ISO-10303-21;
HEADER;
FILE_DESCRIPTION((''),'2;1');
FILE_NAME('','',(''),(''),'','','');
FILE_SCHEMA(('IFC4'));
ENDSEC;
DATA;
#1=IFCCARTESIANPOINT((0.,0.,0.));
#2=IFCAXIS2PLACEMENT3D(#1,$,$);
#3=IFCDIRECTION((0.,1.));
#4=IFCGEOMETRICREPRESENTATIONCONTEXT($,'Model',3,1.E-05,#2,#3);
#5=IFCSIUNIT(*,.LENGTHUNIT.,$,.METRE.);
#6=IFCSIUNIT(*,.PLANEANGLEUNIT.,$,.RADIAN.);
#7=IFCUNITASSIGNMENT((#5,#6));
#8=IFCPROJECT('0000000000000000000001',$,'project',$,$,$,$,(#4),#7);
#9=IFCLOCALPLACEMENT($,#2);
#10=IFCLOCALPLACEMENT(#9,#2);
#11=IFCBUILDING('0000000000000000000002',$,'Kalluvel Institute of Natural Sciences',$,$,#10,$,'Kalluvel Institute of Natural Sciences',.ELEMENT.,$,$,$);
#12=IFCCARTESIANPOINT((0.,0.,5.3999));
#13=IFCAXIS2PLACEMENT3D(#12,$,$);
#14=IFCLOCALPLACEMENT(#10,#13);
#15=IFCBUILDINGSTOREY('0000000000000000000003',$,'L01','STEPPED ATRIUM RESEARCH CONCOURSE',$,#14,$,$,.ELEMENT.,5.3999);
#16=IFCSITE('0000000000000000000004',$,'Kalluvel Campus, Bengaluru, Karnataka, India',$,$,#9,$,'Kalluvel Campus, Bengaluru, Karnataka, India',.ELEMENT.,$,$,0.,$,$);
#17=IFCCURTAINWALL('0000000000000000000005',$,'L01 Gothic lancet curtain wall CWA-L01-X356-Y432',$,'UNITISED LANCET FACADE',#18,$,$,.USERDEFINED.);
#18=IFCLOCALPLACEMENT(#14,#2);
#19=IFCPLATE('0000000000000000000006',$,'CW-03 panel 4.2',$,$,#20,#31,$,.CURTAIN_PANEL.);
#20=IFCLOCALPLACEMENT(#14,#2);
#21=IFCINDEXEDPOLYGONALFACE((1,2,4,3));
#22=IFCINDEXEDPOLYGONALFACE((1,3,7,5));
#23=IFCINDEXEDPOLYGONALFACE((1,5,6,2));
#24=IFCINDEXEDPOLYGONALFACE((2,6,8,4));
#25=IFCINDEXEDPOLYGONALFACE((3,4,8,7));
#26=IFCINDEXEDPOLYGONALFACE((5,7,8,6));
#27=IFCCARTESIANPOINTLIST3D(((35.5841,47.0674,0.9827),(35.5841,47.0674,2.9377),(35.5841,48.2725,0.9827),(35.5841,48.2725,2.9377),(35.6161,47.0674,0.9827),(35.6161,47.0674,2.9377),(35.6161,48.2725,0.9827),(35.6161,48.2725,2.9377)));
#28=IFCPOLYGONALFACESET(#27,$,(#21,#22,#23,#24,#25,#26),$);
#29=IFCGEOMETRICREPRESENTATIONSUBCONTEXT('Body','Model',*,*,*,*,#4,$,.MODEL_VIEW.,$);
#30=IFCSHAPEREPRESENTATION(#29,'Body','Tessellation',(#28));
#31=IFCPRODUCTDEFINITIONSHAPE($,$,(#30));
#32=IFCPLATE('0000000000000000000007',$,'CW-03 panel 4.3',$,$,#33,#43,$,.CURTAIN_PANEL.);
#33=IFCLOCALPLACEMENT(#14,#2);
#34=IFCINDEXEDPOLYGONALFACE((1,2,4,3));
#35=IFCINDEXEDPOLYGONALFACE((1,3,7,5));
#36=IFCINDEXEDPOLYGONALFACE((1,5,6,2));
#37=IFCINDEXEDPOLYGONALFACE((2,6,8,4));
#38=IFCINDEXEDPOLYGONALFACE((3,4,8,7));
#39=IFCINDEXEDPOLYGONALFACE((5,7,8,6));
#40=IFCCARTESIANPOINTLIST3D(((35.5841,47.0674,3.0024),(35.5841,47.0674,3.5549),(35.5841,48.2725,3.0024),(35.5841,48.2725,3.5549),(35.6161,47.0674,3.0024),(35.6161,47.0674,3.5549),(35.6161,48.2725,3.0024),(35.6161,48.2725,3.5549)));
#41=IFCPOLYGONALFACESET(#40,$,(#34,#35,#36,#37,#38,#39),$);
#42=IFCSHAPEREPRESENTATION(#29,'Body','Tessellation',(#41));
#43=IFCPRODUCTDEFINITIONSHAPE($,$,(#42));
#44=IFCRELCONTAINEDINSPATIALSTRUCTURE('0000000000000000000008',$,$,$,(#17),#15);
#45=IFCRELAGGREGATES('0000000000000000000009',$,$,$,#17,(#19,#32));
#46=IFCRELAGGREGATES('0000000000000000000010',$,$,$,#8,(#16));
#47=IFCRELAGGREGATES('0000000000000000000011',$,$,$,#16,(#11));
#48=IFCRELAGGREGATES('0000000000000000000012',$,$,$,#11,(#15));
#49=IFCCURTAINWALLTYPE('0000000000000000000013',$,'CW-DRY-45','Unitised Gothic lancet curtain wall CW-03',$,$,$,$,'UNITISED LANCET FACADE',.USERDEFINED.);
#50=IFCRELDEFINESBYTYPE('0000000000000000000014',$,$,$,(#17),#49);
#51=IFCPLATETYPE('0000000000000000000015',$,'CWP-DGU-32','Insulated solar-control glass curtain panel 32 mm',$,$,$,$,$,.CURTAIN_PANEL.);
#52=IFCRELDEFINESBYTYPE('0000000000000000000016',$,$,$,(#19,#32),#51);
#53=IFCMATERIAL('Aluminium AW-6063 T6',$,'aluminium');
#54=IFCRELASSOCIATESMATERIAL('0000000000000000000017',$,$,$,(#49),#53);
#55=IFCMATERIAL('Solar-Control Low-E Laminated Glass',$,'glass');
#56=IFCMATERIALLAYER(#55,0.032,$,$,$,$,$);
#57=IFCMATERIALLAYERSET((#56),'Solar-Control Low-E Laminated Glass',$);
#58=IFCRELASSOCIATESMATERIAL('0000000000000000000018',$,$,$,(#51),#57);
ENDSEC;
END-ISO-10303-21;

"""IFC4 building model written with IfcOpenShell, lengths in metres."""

from ifc_helpers import new_model, si_unit, direction, frame, origin, origin_2d, place, context, subcontext, project, spatial, rectangle, extrude, material, layer, layer_set, type_object, element, aggregate, save


model = new_model("IFC4")

# Units and contexts
model_context = context("Model", 3, precision=1e-05, world=origin(), true_north=direction((0.0, 1.0)))
body_context = subcontext(model_context, "Body", "Model", "MODEL_VIEW")
ifc_project = project(units=[si_unit("LENGTHUNIT", "METRE"), si_unit("PLANEANGLEUNIT", "RADIAN")], contexts=[model_context])

# Site, building, storey
site_placement = place(None, origin())
site = spatial("IfcSite", under=ifc_project, at=site_placement, Name="Kalluvel Campus, Bengaluru, Karnataka, India", LongName="Kalluvel Campus, Bengaluru, Karnataka, India", CompositionType="ELEMENT", RefElevation=0.0)
building_placement = place(site_placement, origin())
building = spatial("IfcBuilding", under=site, at=building_placement, Name="Kalluvel Institute of Natural Sciences", LongName="Kalluvel Institute of Natural Sciences", CompositionType="ELEMENT")
storey_placement = place(building_placement, frame((0.0, 0.0, 5.3999)))
storey = spatial("IfcBuildingStorey", under=building, at=storey_placement, Name="L01", Description="STEPPED ATRIUM RESEARCH CONCOURSE", CompositionType="ELEMENT", Elevation=5.3999)

# Curtain wall, plates
ifc_material_1 = material(Name="Aluminium AW-6063 T6", Category="aluminium")
curtain_wall_type = type_object("IfcCurtainWallType", Name="CW-DRY-45", Description="Unitised Gothic lancet curtain wall CW-03", ElementType="UNITISED LANCET FACADE", PredefinedType="USERDEFINED", material=ifc_material_1)
curtain_wall_placement = place(storey_placement, origin())
curtain_wall = element("IfcCurtainWall", 1, at=curtain_wall_placement, inside=storey, type_object=curtain_wall_type, Name="L01 Gothic lancet curtain wall CWA-L01-X356-Y432", ObjectType="UNITISED LANCET FACADE", PredefinedType="USERDEFINED")
ifc_material_2 = material(Name="Solar-Control Low-E Laminated Glass", Category="glass")
ifc_layer = layer(ifc_material_2, 0.032)
ifc_layer_set = layer_set([ifc_layer], Name="Solar-Control Low-E Laminated Glass")
plate_type = type_object("IfcPlateType", Name="CWP-DGU-32", Description="Insulated solar-control glass curtain panel 32 mm", PredefinedType="CURTAIN_PANEL", material=ifc_layer_set)
plate_1_placement = place(storey_placement, frame((35.6001, 47.6699, 0.9827), z_axis=(0.0, 0.0, 1.0), x_axis=(0.0, 1.0, 0.0)))
plate_1 = element("IfcPlate", 2, at=plate_1_placement, type_object=plate_type, Name="CW-03 panel 4.2", PredefinedType="CURTAIN_PANEL", context=body_context, shape_type="SweptSolid", body=[
    extrude(rectangle(XDim=1.2051, YDim=0.032, at=origin_2d()), origin(), (0.0, 0.0, 1.0), 1.9551),
])
plate_2_placement = place(storey_placement, frame((35.6001, 47.6699, 3.0024), z_axis=(0.0, 0.0, 1.0), x_axis=(0.0, 1.0, 0.0)))
plate_2 = element("IfcPlate", 3, at=plate_2_placement, type_object=plate_type, Name="CW-03 panel 4.3", PredefinedType="CURTAIN_PANEL", context=body_context, shape_type="SweptSolid", body=[
    extrude(rectangle(XDim=1.2051, YDim=0.032, at=origin_2d()), origin(), (0.0, 0.0, 1.0), 0.5525),
])
aggregate(curtain_wall, [plate_1, plate_2])

save(model, "model.ifc")
